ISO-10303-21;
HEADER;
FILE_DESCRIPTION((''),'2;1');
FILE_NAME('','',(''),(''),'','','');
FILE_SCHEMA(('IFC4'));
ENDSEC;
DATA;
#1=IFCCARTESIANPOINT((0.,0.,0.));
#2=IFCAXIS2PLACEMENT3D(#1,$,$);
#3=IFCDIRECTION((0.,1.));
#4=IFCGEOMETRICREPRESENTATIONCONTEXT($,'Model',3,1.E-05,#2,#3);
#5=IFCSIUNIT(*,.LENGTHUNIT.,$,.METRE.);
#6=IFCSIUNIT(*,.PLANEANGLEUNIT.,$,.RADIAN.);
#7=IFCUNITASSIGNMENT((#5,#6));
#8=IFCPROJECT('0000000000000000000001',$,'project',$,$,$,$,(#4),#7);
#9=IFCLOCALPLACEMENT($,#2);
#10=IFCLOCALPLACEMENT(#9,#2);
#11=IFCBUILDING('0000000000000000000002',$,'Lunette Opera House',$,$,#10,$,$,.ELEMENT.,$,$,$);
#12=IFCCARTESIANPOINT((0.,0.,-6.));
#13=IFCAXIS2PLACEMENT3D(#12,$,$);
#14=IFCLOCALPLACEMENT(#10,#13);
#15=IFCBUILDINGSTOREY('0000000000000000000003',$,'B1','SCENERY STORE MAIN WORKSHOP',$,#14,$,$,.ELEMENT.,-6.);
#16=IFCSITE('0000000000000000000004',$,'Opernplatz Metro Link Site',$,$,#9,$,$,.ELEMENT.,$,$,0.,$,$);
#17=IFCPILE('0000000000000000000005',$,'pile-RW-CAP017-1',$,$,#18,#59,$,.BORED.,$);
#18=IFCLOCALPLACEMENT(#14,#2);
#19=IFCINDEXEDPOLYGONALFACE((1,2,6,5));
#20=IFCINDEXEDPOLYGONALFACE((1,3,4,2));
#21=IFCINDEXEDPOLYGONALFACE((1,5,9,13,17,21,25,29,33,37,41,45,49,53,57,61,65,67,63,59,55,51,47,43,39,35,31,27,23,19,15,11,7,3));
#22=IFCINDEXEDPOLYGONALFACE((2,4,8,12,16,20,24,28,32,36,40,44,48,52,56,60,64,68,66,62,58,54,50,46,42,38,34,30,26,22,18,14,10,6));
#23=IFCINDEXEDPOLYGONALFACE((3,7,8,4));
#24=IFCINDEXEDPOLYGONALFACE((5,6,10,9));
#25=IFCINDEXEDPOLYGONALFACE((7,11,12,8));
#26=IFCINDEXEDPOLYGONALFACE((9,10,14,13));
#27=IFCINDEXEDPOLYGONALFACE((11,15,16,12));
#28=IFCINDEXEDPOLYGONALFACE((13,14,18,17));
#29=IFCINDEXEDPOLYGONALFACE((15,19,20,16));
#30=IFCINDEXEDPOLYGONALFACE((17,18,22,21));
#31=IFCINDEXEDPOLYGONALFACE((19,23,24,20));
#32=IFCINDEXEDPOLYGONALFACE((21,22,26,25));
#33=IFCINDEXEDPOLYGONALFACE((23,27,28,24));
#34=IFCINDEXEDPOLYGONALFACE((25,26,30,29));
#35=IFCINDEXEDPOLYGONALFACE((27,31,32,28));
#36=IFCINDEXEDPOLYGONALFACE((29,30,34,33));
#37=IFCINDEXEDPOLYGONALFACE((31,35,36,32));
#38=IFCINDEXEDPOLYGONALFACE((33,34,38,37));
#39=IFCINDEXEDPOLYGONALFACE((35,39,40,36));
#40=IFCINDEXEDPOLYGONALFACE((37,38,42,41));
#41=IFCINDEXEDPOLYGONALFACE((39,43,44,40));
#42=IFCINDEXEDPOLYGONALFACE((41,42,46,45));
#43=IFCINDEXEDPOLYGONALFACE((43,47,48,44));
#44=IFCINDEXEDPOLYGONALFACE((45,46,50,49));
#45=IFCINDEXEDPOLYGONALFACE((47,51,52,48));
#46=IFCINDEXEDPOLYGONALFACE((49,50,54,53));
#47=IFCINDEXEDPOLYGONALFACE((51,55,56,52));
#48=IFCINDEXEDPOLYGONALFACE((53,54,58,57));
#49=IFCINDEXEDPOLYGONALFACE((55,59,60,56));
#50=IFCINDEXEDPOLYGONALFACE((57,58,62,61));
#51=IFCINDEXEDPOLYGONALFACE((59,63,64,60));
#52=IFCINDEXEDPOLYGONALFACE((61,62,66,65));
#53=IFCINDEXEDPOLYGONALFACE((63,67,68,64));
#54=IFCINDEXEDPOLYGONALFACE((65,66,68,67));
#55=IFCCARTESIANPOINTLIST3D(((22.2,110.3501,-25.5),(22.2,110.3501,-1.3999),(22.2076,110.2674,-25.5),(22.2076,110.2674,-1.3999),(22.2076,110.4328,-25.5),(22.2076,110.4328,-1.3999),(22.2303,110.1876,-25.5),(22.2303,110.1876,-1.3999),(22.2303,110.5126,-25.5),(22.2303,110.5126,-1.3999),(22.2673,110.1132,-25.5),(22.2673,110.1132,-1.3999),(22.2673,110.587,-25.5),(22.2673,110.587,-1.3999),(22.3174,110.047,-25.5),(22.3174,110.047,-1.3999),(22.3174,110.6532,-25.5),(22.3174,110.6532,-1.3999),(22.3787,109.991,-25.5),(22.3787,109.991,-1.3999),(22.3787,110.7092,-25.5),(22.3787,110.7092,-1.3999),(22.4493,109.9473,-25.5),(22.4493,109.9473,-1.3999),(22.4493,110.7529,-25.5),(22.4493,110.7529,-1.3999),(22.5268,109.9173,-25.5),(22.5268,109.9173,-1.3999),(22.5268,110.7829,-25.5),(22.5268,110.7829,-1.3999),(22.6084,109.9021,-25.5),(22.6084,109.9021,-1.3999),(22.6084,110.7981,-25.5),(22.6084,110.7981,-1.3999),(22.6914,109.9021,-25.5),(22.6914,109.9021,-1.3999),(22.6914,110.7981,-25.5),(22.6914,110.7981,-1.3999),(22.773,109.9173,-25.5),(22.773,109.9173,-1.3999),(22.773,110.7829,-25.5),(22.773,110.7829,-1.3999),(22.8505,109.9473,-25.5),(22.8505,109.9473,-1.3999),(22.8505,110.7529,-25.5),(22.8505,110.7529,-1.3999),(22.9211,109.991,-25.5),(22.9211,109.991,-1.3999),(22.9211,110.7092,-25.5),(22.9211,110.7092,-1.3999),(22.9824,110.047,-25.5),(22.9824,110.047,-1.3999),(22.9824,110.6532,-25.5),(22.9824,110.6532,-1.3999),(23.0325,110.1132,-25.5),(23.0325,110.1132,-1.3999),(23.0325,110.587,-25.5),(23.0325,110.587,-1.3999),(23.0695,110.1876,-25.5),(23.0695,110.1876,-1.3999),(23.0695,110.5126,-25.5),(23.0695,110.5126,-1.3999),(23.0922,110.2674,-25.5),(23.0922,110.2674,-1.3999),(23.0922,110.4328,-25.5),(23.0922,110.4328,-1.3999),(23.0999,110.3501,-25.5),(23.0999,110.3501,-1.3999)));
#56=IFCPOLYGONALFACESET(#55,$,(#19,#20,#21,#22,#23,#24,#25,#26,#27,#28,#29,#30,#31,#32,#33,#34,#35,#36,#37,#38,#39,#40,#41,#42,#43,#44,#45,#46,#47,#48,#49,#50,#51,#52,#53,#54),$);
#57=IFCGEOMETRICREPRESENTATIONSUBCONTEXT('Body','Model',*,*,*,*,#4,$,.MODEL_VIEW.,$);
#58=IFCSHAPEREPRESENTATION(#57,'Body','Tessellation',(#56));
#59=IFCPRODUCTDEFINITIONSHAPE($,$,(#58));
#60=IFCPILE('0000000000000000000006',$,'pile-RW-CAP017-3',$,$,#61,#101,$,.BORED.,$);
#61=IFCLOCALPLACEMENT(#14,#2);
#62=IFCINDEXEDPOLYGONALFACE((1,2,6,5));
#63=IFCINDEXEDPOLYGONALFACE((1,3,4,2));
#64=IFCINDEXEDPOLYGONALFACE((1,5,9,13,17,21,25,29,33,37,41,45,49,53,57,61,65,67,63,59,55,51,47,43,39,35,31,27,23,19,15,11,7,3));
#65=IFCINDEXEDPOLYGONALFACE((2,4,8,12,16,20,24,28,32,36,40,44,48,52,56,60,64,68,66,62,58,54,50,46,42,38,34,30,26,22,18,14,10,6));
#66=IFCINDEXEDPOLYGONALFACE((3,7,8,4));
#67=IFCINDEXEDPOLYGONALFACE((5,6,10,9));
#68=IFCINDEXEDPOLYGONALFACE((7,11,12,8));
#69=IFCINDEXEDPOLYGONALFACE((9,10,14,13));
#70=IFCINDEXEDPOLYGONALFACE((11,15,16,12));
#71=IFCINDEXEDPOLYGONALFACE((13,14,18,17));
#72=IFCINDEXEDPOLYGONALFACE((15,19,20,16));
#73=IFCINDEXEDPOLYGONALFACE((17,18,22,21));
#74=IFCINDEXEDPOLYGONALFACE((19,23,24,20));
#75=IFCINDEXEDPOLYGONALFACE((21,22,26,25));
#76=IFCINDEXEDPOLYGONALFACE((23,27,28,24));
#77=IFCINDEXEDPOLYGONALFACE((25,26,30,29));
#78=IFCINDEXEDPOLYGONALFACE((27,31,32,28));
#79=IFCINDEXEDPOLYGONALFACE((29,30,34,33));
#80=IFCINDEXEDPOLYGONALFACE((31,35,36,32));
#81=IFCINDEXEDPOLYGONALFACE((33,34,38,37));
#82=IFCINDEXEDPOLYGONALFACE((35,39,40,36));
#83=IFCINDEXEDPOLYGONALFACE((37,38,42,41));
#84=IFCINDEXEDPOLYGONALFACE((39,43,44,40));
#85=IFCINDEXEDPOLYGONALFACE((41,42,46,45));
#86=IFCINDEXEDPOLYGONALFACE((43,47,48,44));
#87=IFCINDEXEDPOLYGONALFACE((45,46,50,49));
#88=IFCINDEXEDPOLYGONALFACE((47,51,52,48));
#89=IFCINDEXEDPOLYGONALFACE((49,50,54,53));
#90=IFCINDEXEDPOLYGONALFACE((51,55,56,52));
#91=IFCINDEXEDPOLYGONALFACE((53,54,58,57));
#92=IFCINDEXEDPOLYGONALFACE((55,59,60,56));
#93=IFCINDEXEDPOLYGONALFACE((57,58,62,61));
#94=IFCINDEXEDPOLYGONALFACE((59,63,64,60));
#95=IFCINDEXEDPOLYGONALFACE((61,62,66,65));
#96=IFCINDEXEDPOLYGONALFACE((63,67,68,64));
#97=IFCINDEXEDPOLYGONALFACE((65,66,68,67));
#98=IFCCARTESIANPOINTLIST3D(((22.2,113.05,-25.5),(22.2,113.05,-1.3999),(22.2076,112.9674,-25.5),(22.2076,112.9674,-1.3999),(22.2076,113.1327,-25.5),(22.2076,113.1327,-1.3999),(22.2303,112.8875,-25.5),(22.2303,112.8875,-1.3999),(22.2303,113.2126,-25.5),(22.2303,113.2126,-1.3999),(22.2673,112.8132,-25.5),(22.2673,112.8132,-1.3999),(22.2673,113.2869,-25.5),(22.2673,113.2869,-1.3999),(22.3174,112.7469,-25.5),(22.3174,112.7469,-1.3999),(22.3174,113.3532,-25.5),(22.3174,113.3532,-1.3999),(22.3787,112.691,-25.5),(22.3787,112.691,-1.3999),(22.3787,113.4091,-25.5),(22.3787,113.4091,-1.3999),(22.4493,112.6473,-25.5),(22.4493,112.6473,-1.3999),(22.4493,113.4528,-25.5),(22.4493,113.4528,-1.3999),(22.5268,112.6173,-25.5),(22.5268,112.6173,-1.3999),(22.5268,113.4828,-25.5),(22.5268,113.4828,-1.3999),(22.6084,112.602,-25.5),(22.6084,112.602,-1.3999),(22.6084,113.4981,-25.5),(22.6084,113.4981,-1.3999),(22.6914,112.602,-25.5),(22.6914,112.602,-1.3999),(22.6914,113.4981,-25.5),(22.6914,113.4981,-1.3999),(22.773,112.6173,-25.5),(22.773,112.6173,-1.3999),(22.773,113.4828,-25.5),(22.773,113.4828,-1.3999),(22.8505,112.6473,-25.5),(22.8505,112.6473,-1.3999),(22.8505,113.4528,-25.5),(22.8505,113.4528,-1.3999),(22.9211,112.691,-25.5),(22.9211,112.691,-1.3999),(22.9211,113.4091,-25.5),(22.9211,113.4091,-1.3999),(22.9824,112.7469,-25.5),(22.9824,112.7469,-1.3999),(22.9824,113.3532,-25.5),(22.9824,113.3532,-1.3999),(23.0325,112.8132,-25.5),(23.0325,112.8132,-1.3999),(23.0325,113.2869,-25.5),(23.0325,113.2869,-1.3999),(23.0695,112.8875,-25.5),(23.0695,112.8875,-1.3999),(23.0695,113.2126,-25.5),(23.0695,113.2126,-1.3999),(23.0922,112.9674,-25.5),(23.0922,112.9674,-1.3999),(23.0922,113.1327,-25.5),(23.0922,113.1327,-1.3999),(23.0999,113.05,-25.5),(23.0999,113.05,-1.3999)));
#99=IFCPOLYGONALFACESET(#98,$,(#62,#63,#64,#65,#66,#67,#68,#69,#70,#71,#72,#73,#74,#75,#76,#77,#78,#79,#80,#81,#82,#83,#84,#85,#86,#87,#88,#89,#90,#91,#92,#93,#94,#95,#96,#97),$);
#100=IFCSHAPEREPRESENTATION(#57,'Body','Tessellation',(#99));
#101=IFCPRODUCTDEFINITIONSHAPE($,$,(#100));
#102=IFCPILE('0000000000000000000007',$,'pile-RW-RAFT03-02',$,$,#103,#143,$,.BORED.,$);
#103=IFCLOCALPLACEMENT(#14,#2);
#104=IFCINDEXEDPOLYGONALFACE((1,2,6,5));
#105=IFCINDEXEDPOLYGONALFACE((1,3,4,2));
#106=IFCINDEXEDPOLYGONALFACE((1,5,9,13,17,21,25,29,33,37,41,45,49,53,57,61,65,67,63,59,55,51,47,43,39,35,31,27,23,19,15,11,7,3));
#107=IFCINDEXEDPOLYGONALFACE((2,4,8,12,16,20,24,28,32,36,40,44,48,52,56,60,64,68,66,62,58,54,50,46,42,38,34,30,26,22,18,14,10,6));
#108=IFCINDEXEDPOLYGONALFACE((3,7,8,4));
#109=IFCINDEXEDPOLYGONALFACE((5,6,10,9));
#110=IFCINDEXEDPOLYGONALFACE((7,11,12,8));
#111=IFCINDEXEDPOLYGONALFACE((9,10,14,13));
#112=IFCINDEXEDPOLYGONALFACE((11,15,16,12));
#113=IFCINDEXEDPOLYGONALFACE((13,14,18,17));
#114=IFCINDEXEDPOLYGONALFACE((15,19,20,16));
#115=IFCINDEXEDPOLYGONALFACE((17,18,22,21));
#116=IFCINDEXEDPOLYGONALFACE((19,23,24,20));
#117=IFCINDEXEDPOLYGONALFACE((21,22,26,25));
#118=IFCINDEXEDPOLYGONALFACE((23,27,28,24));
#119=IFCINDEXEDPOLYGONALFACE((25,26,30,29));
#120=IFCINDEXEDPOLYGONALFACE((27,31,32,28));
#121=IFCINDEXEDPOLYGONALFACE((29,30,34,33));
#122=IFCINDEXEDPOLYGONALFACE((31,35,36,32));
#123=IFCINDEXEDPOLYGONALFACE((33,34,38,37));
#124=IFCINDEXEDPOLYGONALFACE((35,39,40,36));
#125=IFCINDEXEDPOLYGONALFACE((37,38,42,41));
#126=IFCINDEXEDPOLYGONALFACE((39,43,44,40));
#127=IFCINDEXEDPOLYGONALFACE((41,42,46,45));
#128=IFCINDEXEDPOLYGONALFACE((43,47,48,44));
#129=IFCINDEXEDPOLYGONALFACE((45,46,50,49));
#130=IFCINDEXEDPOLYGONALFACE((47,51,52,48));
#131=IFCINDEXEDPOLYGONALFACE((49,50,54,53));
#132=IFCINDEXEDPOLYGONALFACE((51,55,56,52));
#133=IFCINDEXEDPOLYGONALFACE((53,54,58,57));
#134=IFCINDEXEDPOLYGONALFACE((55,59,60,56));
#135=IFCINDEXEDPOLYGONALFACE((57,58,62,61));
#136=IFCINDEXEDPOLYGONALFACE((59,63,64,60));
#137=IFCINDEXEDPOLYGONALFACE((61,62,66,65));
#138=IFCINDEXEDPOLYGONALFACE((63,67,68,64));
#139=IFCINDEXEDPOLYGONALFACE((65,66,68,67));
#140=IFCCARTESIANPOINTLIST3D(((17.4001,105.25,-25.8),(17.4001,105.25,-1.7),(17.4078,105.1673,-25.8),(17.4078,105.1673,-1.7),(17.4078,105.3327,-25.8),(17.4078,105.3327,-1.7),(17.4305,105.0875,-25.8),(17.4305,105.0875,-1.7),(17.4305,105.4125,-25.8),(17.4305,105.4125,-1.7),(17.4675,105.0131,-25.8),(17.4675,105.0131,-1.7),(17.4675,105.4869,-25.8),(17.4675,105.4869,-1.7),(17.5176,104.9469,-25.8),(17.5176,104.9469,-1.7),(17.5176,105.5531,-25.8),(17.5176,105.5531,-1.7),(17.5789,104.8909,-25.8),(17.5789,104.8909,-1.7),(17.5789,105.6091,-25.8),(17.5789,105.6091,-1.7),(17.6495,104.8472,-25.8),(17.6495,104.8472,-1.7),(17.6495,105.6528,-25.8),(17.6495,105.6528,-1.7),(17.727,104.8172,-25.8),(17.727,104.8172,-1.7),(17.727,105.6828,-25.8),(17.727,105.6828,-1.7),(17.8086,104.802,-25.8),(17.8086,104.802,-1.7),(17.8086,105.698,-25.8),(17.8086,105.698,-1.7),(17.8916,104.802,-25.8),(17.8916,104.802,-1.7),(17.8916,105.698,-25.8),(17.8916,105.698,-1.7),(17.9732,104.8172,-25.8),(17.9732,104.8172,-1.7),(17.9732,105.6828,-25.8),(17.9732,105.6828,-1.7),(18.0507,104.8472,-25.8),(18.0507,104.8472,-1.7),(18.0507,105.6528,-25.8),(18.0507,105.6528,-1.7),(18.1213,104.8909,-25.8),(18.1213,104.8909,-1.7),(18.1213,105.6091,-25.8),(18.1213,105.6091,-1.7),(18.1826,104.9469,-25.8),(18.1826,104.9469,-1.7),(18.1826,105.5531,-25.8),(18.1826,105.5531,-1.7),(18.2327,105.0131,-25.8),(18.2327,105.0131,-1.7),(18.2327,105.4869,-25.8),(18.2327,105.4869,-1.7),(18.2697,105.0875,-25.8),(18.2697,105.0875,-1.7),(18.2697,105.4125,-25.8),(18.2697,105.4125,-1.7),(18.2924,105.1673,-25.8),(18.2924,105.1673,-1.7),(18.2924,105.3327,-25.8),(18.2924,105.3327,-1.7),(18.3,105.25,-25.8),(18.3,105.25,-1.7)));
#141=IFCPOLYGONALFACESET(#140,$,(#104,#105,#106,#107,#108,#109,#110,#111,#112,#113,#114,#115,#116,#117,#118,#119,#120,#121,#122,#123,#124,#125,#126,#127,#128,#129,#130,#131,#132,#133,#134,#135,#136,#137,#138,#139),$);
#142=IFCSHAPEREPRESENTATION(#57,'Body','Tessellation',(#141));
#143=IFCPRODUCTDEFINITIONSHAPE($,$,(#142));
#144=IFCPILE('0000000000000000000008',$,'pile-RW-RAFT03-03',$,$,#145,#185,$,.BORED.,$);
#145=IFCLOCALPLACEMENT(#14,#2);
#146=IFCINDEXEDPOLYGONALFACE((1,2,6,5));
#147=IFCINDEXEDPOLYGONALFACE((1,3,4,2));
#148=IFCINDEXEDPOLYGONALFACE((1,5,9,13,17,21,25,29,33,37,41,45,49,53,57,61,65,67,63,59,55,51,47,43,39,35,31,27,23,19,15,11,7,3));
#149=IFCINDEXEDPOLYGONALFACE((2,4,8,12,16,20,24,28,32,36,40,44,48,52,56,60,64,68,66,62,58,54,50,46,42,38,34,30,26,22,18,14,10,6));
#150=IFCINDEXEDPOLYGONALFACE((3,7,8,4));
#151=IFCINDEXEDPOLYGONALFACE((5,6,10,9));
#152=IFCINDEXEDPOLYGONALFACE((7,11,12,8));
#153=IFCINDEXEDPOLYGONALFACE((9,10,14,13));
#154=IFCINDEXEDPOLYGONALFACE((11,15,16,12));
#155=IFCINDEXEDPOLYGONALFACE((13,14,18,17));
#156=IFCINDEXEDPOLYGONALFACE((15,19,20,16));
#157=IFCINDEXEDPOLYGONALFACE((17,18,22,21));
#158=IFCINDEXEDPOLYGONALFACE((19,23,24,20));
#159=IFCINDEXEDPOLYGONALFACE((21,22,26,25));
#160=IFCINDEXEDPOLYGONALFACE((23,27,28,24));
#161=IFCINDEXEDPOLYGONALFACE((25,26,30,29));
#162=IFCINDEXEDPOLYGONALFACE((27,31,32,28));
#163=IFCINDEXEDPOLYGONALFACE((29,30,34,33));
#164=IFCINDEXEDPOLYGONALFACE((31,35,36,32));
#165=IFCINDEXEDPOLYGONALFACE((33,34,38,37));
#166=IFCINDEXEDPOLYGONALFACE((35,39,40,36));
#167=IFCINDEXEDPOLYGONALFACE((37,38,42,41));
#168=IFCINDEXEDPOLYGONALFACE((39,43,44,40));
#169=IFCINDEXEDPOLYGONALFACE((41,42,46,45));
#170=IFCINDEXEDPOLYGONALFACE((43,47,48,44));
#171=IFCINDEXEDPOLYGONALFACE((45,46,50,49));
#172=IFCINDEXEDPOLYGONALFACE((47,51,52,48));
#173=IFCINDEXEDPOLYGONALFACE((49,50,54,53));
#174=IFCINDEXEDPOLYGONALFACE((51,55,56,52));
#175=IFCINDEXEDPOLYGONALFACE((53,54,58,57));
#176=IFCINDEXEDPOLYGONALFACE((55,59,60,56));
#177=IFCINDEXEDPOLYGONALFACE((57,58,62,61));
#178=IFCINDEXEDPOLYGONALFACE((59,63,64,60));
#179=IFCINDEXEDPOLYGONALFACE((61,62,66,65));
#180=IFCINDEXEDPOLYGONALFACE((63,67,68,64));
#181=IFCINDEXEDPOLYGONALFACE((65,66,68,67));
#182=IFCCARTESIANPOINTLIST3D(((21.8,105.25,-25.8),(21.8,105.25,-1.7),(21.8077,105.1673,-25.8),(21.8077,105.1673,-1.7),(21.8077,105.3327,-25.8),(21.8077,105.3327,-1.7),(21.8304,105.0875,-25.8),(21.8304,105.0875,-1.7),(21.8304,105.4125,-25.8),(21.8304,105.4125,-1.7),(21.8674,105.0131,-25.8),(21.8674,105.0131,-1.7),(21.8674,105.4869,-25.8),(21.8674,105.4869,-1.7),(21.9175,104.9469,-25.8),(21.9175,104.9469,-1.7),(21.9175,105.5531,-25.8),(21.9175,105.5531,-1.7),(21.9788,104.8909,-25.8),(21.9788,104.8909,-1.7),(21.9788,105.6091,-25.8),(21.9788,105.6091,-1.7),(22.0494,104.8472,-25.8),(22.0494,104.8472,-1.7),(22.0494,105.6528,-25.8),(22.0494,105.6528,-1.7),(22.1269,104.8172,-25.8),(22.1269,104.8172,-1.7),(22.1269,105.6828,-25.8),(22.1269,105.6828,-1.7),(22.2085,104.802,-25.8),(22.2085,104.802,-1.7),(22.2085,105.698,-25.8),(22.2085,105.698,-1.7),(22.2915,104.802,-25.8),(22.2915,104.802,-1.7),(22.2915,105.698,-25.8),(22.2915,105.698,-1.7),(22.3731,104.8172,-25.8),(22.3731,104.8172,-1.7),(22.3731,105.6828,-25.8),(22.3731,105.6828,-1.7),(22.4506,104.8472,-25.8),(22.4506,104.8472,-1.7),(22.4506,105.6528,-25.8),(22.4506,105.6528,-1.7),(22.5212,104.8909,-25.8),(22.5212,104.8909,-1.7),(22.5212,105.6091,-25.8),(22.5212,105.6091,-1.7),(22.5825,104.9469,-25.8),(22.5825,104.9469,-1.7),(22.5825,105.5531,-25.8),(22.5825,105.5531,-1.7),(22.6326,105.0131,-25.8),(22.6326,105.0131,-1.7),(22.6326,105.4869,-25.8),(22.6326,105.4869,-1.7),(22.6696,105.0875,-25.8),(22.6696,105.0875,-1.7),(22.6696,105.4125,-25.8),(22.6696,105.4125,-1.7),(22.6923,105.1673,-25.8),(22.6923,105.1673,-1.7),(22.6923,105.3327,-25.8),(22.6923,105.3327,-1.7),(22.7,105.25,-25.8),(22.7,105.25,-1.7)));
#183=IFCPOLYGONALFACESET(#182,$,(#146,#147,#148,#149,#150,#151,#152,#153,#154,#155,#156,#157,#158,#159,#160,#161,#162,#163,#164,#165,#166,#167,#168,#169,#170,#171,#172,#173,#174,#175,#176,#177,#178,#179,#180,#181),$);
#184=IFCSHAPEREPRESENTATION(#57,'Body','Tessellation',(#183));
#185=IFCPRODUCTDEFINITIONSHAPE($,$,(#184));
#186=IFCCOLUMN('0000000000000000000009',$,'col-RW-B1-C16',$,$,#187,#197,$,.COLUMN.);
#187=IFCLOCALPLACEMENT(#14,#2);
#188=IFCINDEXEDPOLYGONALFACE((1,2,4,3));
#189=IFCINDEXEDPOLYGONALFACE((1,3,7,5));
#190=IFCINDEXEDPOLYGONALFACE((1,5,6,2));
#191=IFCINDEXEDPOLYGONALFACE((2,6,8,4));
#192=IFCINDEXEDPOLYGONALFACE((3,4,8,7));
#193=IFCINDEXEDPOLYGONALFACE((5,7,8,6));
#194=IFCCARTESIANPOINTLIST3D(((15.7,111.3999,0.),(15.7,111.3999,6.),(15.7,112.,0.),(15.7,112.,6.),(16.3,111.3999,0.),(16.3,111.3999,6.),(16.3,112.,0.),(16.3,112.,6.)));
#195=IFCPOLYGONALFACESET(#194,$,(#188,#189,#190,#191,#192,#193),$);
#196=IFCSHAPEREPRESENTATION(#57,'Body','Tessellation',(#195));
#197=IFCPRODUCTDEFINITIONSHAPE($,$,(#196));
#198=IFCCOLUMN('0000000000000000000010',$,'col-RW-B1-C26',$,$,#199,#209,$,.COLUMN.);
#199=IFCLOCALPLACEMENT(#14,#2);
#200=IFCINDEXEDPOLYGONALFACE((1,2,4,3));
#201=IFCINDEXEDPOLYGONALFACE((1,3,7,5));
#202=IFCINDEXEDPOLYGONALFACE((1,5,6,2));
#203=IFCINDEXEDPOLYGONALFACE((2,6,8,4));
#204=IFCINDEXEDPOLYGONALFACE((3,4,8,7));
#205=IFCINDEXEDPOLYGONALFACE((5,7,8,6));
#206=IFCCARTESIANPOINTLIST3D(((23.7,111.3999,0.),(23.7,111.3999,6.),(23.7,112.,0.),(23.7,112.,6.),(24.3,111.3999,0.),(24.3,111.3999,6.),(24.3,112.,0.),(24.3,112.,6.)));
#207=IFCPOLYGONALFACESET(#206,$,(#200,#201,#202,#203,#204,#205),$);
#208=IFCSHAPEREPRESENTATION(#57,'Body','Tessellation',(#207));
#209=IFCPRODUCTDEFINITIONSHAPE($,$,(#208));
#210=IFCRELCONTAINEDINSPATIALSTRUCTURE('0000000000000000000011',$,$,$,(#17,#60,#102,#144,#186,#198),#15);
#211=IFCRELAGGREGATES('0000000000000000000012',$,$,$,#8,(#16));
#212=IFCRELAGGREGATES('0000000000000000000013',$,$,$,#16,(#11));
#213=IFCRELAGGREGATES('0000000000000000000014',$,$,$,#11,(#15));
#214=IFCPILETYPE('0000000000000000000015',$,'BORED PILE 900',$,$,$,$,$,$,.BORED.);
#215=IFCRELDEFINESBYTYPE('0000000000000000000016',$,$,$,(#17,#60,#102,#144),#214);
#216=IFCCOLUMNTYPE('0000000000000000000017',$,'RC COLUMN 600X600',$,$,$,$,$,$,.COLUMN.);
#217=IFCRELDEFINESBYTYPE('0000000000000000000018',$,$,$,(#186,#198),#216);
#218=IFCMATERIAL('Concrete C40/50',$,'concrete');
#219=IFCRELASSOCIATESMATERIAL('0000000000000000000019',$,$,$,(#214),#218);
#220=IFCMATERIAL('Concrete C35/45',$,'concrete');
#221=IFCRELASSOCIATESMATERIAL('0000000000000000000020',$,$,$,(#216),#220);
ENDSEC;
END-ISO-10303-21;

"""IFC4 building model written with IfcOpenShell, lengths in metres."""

from ifc_helpers import new_model, si_unit, direction, frame, origin, origin_2d, place, context, subcontext, project, spatial, rectangle, circle, extrude, material, material_profile, profile_set, type_object, element, save


model = new_model("IFC4")

# Units and contexts
model_context = context("Model", 3, precision=1e-05, world=origin(), true_north=direction((0.0, 1.0)))
body_context = subcontext(model_context, "Body", "Model", "MODEL_VIEW")
ifc_project = project(units=[si_unit("LENGTHUNIT", "METRE"), si_unit("PLANEANGLEUNIT", "RADIAN")], contexts=[model_context])

# Site, building, storey
site_placement = place(None, origin())
site = spatial("IfcSite", under=ifc_project, at=site_placement, Name="Opernplatz Metro Link Site", CompositionType="ELEMENT", RefElevation=0.0)
building_placement = place(site_placement, origin())
building = spatial("IfcBuilding", under=site, at=building_placement, Name="Lunette Opera House", CompositionType="ELEMENT")
storey_placement = place(building_placement, frame((0.0, 0.0, -6.0)))
storey = spatial("IfcBuildingStorey", under=building, at=storey_placement, Name="B1", Description="SCENERY STORE MAIN WORKSHOP", CompositionType="ELEMENT", Elevation=-6.0)

# Piles
ifc_material_1 = material(Name="Concrete C40/50", Category="concrete")
ifc_material_profile_1 = material_profile(ifc_material_1, circle(Radius=0.45, at=origin_2d()), Name="BORED PILE 900")
ifc_profile_set_1 = profile_set([ifc_material_profile_1], Name="Concrete C40/50")
pile_type = type_object("IfcPileType", Name="BORED PILE 900", PredefinedType="BORED", material=ifc_profile_set_1)
for number, where, z_axis, x_axis, name in (
    (1, (22.6499, 110.3501, -1.3999), (0.0, 0.0, -1.0), (1.0, 0.0, 0.0), "pile-RW-CAP017-1"),
    (2, (22.6499, 113.05, -1.3999), (0.0, 0.0, -1.0), (1.0, 0.0, 0.0), "pile-RW-CAP017-3"),
    (3, (17.8501, 105.25, -1.7), (0.0, 0.0, -1.0), (1.0, 0.0, 0.0), "pile-RW-RAFT03-02"),
    (4, (22.25, 105.25, -1.7), (0.0, 0.0, -1.0), (1.0, 0.0, 0.0), "pile-RW-RAFT03-03"),
):
    element("IfcPile", number, at=place(storey_placement, frame(where, z_axis=z_axis, x_axis=x_axis)), inside=storey, type_object=pile_type, Name=name, PredefinedType="BORED", context=body_context, shape_type="SweptSolid", body=[
        extrude(circle(Radius=0.45, at=origin_2d()), origin(), (0.0, 0.0, 1.0), 24.1001),
    ])

# Columns
ifc_material_2 = material(Name="Concrete C35/45", Category="concrete")
ifc_material_profile_2 = material_profile(ifc_material_2, rectangle(XDim=0.6001, YDim=0.6001, at=origin_2d()), Name="RC COLUMN 600X600")
ifc_profile_set_2 = profile_set([ifc_material_profile_2], Name="Concrete C35/45")
column_type = type_object("IfcColumnType", Name="RC COLUMN 600X600", PredefinedType="COLUMN", material=ifc_profile_set_2)
for number, where, z_axis, x_axis, name in (
    (5, (16.0, 111.7, 0.0), (0.0, 0.0, 1.0), (1.0, 0.0, 0.0), "col-RW-B1-C16"),
    (6, (24.0, 111.7, 0.0), (0.0, 0.0, 1.0), (1.0, 0.0, 0.0), "col-RW-B1-C26"),
):
    element("IfcColumn", number, at=place(storey_placement, frame(where, z_axis=z_axis, x_axis=x_axis)), inside=storey, type_object=column_type, Name=name, PredefinedType="COLUMN", context=body_context, shape_type="SweptSolid", body=[
        extrude(rectangle(XDim=0.6001, YDim=0.6001, at=origin_2d()), origin(), (0.0, 0.0, 1.0), 6.0),
    ])

save(model, "model.ifc")
